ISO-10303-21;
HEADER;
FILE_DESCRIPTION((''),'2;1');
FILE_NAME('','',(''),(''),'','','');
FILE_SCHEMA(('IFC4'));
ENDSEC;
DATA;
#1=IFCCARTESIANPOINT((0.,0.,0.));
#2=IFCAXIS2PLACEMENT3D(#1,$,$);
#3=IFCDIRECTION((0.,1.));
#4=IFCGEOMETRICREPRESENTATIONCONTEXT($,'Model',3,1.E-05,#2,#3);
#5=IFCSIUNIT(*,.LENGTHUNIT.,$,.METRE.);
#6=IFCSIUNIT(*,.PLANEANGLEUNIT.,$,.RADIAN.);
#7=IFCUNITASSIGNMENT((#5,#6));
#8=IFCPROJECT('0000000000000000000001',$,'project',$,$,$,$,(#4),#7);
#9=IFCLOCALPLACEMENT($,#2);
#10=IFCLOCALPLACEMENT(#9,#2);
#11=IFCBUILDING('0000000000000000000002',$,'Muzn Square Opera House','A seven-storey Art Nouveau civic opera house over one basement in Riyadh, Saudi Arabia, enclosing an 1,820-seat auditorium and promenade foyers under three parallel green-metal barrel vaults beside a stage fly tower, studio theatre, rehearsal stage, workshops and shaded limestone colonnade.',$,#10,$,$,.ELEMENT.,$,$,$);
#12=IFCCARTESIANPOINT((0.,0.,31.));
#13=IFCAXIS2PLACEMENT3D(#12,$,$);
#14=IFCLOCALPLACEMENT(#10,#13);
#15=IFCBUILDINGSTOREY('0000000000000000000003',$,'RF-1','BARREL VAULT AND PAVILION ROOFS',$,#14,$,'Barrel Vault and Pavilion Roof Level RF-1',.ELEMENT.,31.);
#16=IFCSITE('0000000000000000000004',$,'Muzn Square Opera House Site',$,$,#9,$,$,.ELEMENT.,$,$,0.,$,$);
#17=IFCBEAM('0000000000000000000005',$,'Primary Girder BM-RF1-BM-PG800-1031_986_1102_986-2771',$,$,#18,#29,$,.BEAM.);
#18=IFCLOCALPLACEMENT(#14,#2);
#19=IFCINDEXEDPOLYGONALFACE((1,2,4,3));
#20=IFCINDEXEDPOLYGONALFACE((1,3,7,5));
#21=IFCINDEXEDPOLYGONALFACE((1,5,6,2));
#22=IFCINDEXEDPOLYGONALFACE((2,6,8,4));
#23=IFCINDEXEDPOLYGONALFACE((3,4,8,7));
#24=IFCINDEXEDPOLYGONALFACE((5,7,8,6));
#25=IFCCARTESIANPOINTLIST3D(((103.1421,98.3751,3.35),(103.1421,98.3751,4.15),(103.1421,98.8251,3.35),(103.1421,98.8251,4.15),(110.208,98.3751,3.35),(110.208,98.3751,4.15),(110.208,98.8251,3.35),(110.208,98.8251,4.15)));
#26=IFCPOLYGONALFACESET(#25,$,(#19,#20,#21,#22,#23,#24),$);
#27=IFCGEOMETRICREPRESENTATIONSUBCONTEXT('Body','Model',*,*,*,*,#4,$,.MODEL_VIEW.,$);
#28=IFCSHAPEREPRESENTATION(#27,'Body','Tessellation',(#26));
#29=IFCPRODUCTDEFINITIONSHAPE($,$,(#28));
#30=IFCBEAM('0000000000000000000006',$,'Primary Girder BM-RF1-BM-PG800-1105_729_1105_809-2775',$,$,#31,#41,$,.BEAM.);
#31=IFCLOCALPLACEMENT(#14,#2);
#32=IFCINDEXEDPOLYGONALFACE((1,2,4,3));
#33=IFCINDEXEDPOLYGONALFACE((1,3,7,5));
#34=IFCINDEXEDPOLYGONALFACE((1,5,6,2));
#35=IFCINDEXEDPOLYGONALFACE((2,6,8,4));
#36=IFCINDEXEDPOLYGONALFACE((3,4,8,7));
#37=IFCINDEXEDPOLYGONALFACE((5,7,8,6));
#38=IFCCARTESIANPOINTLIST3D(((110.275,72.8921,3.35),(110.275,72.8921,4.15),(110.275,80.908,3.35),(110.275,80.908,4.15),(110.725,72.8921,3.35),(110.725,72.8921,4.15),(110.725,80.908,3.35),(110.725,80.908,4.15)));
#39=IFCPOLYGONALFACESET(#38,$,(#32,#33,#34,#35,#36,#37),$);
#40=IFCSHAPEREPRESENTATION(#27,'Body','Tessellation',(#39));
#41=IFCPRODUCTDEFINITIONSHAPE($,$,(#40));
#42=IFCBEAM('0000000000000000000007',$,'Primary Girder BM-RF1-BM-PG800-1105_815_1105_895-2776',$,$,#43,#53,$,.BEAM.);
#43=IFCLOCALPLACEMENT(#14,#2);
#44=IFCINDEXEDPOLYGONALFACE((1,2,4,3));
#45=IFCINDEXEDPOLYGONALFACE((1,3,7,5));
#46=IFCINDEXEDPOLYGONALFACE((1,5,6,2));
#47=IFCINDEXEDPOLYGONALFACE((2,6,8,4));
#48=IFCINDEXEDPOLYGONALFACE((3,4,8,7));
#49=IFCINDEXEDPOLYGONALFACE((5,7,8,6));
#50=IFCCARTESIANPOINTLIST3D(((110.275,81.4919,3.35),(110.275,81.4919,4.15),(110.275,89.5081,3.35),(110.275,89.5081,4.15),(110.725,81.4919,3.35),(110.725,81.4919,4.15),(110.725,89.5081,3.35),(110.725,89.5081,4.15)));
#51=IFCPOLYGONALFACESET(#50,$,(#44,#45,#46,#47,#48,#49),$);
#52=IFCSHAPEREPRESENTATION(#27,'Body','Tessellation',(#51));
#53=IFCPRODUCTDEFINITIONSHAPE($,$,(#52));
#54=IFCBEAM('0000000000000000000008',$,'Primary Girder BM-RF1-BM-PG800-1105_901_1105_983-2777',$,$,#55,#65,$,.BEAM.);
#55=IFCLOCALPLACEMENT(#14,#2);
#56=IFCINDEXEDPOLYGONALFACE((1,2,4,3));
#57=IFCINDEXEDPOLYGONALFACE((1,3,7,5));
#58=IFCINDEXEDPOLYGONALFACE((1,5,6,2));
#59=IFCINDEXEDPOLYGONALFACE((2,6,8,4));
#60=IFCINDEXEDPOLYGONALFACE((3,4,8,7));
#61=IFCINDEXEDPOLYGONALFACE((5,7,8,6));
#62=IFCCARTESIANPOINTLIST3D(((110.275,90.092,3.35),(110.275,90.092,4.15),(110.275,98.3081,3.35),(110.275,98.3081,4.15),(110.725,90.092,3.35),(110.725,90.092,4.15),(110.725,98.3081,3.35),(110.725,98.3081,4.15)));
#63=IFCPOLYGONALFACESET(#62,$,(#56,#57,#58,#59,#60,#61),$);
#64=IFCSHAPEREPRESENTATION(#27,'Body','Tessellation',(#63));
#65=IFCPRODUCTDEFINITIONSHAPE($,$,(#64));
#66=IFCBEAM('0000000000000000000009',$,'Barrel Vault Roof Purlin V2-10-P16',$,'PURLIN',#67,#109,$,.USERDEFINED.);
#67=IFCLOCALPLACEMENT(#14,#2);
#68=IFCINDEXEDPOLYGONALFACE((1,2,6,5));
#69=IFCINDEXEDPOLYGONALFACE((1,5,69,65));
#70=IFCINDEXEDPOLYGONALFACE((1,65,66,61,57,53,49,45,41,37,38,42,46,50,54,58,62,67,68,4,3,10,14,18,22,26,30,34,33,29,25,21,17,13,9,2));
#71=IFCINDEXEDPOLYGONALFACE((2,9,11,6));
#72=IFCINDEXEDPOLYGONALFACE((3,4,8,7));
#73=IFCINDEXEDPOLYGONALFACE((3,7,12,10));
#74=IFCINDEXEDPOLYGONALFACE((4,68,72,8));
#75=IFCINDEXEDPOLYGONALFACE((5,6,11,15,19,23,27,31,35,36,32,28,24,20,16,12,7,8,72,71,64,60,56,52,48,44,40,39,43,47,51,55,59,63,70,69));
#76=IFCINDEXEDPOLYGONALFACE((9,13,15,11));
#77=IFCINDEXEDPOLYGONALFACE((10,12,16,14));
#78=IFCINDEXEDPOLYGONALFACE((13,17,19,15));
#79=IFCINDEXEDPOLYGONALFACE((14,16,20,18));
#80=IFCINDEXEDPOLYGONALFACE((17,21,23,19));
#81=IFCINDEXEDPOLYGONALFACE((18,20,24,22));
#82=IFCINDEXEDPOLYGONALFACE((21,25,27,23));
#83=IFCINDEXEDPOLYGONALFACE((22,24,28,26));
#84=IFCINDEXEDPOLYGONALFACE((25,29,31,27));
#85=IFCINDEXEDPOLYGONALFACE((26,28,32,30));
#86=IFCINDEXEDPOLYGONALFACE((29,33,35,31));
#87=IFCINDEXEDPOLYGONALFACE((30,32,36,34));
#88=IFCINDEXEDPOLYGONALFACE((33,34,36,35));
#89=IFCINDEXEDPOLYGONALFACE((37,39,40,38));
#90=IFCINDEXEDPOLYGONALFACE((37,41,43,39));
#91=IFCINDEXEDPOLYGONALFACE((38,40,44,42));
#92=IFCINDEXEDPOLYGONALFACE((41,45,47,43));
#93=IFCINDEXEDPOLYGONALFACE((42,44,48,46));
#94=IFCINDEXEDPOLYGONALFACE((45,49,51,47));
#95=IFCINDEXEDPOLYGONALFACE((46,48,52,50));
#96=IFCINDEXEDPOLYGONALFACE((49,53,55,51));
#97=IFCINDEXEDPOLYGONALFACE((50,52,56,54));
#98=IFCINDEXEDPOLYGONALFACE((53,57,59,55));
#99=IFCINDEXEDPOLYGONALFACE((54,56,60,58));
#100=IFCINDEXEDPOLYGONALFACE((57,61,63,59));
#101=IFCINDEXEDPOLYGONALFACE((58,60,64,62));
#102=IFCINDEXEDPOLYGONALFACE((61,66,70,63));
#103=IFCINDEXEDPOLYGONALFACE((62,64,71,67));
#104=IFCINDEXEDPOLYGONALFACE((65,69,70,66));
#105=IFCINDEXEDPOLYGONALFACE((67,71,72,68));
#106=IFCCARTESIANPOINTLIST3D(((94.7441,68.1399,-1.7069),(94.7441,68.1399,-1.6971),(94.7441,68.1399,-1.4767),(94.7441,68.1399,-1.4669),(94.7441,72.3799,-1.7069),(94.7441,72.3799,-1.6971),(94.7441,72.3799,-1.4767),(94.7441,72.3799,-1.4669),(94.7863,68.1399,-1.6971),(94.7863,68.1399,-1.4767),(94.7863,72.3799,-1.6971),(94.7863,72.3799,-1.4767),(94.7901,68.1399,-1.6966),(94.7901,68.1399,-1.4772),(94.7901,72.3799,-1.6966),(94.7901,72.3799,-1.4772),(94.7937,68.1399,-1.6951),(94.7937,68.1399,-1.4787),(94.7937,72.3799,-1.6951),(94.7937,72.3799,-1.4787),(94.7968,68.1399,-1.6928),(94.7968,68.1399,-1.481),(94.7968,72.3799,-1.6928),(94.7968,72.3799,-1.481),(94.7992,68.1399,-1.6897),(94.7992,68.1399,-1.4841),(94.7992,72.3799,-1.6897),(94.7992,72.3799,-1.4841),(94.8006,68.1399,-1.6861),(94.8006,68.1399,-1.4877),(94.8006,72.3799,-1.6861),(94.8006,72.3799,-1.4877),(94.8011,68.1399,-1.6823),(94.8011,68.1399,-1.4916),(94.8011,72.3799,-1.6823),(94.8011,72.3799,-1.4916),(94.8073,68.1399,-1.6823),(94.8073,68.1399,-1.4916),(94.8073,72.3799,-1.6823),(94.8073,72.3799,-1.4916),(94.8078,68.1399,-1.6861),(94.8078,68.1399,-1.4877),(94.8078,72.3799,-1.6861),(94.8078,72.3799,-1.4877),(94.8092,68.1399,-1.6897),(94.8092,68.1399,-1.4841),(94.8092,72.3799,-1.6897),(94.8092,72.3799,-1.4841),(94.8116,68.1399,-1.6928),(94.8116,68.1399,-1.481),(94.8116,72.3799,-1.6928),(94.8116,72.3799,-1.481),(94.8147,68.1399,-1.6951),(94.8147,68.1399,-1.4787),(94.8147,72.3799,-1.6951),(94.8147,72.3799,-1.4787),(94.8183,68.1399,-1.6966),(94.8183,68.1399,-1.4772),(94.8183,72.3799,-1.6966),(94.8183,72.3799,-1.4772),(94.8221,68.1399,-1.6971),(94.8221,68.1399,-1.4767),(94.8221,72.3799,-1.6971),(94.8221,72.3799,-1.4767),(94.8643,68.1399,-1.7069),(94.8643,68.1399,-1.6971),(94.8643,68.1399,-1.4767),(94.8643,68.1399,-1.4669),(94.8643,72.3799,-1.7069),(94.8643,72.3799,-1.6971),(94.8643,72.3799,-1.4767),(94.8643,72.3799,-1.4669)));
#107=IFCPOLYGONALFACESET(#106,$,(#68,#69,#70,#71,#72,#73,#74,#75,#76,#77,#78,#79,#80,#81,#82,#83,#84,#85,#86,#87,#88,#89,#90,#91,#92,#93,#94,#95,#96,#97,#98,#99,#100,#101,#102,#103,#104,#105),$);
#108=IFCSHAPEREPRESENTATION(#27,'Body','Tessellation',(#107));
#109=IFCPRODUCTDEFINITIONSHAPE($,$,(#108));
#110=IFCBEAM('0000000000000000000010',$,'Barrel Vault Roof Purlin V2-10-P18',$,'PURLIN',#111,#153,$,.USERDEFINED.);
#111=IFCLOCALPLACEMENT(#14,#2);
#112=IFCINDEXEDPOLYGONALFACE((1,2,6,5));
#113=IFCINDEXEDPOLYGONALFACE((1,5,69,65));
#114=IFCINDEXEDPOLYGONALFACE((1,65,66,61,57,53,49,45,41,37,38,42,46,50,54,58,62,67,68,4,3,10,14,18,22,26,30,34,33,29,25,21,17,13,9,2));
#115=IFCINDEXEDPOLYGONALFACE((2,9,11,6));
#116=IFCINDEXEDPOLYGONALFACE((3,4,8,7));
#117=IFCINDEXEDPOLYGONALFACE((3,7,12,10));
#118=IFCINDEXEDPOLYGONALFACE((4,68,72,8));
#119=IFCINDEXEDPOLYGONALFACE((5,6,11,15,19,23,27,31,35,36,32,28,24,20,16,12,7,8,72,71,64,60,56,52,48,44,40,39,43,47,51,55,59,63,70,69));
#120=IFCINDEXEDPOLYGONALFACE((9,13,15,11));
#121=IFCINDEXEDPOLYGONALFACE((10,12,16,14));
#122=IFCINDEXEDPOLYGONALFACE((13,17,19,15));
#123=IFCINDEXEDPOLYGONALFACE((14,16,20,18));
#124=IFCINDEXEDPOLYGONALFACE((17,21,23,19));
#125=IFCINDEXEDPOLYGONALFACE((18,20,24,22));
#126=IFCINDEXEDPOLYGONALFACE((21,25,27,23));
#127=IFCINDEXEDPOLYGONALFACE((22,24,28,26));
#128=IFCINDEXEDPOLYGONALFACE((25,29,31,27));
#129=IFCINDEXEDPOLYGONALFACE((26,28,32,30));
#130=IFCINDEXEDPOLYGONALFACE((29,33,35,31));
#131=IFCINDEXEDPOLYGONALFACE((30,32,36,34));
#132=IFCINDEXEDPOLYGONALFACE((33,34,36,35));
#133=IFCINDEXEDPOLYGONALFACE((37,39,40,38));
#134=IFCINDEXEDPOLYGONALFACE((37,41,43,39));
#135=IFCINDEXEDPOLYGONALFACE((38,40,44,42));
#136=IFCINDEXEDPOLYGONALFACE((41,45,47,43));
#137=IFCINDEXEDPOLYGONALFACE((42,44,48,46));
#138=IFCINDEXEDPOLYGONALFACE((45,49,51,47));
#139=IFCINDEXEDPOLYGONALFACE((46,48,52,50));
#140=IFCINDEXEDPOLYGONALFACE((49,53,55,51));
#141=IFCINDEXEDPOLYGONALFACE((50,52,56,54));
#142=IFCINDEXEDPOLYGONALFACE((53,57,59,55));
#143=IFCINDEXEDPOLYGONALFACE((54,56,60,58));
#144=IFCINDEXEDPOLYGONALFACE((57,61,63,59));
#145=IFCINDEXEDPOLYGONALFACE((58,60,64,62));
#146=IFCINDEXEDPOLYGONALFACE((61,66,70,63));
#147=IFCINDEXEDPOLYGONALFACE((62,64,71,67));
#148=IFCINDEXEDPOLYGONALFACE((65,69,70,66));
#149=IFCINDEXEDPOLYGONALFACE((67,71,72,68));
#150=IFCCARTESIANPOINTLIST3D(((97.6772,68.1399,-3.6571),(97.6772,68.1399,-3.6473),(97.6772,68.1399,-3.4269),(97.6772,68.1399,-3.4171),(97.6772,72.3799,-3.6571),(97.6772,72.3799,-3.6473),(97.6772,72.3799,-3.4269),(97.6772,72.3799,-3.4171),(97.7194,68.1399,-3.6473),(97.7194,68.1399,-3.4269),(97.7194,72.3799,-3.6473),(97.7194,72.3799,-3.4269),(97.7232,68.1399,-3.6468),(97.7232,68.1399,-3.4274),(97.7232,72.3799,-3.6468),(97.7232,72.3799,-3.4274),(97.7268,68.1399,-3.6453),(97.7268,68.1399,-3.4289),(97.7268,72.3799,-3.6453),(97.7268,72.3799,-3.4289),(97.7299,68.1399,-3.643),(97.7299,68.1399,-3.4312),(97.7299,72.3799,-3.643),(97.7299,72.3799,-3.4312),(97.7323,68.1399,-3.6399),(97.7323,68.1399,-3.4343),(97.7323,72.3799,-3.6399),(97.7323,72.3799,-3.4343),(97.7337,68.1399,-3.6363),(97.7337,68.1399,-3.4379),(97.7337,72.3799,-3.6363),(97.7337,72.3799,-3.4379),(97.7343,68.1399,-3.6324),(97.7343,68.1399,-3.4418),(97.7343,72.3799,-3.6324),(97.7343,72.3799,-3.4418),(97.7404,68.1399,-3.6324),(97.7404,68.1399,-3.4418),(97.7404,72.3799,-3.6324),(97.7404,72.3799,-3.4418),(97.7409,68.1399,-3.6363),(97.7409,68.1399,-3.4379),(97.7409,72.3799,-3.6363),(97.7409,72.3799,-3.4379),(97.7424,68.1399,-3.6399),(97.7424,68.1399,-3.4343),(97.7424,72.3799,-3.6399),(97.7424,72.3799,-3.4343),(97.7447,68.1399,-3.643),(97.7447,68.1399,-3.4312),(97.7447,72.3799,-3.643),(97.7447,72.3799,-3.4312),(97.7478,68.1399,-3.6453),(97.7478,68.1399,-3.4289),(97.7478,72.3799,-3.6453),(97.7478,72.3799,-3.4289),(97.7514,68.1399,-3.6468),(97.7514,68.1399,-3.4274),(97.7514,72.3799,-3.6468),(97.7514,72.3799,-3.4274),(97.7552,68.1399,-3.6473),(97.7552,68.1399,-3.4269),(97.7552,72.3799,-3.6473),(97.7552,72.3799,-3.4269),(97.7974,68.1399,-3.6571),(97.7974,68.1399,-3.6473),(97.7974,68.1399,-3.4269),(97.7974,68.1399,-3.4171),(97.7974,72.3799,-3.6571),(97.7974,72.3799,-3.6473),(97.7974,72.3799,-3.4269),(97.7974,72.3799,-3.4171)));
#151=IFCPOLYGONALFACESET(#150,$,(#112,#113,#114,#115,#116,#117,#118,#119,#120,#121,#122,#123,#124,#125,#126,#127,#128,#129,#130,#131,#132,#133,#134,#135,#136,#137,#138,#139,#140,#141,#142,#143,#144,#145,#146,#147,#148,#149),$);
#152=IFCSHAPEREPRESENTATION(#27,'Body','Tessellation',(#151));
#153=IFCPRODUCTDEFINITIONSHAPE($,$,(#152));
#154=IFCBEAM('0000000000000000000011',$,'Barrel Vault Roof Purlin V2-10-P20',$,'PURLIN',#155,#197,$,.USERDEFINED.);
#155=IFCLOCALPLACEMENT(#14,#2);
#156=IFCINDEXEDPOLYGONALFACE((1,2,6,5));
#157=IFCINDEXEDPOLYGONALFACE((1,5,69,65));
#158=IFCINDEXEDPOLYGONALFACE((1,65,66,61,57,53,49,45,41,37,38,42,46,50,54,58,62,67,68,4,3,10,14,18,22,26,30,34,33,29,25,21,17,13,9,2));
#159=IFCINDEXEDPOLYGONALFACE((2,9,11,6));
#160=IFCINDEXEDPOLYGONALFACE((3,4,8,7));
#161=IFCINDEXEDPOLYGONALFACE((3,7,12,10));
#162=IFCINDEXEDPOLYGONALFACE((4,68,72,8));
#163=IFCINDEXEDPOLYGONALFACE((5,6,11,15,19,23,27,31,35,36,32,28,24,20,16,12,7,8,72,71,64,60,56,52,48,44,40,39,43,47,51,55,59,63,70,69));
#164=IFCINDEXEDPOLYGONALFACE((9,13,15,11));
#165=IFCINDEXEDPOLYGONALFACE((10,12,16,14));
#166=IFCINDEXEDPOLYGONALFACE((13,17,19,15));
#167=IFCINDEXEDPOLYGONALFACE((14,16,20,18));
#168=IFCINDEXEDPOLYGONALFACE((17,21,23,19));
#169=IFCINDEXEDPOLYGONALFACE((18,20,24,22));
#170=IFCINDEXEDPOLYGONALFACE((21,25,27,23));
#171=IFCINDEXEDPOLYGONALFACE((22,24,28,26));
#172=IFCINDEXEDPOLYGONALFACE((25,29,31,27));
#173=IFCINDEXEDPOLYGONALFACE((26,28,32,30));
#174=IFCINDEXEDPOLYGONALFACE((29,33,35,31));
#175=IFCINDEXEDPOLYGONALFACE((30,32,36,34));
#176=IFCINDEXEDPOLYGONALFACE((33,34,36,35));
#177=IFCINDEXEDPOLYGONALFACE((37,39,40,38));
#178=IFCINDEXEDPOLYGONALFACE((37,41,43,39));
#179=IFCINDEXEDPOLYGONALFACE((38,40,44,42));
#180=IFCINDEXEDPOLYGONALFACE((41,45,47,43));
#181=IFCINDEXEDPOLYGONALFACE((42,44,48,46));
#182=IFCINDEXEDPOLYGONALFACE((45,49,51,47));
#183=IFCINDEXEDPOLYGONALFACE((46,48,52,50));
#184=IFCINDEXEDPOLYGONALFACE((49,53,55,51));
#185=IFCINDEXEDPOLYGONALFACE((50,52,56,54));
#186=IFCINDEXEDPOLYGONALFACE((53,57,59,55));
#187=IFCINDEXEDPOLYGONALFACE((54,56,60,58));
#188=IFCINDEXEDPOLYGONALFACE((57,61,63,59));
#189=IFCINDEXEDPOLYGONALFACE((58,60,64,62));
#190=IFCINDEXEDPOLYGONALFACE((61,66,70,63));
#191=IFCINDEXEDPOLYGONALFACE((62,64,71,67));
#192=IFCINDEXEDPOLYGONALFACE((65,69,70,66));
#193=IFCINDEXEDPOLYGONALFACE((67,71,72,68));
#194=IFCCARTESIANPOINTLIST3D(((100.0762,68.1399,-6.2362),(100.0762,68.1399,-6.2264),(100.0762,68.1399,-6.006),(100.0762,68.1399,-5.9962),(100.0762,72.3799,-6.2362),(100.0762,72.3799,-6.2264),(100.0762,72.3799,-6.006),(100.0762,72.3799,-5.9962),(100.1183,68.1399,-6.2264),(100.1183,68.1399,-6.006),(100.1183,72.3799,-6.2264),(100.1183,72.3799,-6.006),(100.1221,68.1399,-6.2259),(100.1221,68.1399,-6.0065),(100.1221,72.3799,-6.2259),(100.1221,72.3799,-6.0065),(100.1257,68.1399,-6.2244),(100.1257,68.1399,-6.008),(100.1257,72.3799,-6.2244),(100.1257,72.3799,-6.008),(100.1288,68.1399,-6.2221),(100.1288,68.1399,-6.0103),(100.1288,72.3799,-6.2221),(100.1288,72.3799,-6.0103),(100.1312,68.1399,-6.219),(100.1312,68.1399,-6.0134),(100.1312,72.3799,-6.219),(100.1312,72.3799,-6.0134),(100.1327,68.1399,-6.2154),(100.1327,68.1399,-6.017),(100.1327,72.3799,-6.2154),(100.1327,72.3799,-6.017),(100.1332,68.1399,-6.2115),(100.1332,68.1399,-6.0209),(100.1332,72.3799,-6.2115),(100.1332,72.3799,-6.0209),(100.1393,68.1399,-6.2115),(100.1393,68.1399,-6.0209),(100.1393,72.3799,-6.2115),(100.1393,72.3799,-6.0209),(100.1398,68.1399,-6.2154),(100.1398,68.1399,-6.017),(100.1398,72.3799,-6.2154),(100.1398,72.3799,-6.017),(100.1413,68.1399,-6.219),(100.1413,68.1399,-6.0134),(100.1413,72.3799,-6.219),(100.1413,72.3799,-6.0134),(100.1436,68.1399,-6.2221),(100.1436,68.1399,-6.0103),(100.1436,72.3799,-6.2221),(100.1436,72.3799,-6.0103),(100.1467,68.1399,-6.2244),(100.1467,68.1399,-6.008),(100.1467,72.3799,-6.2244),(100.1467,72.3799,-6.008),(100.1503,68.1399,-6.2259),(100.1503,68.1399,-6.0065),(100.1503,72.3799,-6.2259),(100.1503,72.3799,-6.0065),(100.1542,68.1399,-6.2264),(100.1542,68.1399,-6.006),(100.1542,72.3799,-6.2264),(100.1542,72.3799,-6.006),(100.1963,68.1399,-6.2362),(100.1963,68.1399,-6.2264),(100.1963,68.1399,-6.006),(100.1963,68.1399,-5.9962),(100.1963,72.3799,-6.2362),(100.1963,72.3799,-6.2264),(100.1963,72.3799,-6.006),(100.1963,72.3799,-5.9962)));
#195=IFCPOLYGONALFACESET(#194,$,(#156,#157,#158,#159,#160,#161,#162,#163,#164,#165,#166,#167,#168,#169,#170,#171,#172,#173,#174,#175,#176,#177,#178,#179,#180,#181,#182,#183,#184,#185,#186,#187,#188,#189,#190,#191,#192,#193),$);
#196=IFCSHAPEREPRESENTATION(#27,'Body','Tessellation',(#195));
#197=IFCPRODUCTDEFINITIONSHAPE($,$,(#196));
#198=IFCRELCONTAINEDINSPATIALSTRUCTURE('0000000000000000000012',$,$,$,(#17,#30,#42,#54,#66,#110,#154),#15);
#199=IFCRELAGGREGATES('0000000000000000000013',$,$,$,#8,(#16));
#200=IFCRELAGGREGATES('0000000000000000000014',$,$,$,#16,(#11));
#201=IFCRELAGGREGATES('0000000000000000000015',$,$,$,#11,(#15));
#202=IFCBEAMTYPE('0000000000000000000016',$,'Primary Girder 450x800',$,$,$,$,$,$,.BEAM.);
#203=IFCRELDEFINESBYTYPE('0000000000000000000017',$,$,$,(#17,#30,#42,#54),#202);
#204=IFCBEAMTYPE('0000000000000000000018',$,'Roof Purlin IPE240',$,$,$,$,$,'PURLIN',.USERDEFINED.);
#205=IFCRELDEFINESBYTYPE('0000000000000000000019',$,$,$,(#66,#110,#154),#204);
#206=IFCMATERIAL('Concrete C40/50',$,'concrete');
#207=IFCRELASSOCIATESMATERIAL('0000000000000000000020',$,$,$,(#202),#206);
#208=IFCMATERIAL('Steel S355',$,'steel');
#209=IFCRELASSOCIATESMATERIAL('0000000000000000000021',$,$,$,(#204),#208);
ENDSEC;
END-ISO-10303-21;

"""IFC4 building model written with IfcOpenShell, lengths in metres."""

from ifc_helpers import new_model, si_unit, direction, frame, origin, origin_2d, place, context, subcontext, project, spatial, rectangle, i_section, extrude, material, material_profile, profile_set, type_object, element, save


model = new_model("IFC4")

# Units and contexts
model_context = context("Model", 3, precision=1e-05, world=origin(), true_north=direction((0.0, 1.0)))
body_context = subcontext(model_context, "Body", "Model", "MODEL_VIEW")
ifc_project = project(units=[si_unit("LENGTHUNIT", "METRE"), si_unit("PLANEANGLEUNIT", "RADIAN")], contexts=[model_context])

# Site, building, storey
site_placement = place(None, origin())
site = spatial("IfcSite", under=ifc_project, at=site_placement, Name="Muzn Square Opera House Site", CompositionType="ELEMENT", RefElevation=0.0)
building_placement = place(site_placement, origin())
building = spatial("IfcBuilding", under=site, at=building_placement, Name="Muzn Square Opera House", Description="A seven-storey Art Nouveau civic opera house over one basement in Riyadh, Saudi Arabia, enclosing an 1,820-seat auditorium and promenade foyers under three parallel green-metal barrel vaults beside a stage fly tower, studio theatre, rehearsal stage, workshops and shaded limestone colonnade.", CompositionType="ELEMENT")
storey_placement = place(building_placement, frame((0.0, 0.0, 31.0)))
storey = spatial("IfcBuildingStorey", under=building, at=storey_placement, Name="RF-1", Description="BARREL VAULT AND PAVILION ROOFS", LongName="Barrel Vault and Pavilion Roof Level RF-1", CompositionType="ELEMENT", Elevation=31.0)

# Shared definitions
ifc_material_1 = material(Name="Steel S355", Category="steel")

# Beams
ifc_material_2 = material(Name="Concrete C40/50", Category="concrete")
ifc_material_profile_1 = material_profile(ifc_material_2, rectangle(XDim=0.45, YDim=0.8, at=origin_2d()), Name="RCB 450x800", Category="concrete")
ifc_profile_set_1 = profile_set([ifc_material_profile_1], Name="Concrete C40/50")
beam_type_1 = type_object("IfcBeamType", Name="Primary Girder 450x800", PredefinedType="BEAM", material=ifc_profile_set_1)
for number, where, z_axis, x_axis, name in (
    (1, (103.1421, 98.6001, 3.75), (1.0, 0.0, 0.0), (0.0, 1.0, 0.0), "Primary Girder BM-RF1-BM-PG800-1031_986_1102_986-2771"),
):
    element("IfcBeam", number, at=place(storey_placement, frame(where, z_axis=z_axis, x_axis=x_axis)), inside=storey, type_object=beam_type_1, Name=name, PredefinedType="BEAM", context=body_context, shape_type="SweptSolid", body=[
        extrude(rectangle(XDim=0.45, YDim=0.8, at=origin_2d()), origin(), (0.0, 0.0, 1.0), 7.0659),
    ])
beam_1_placement = place(storey_placement, frame((110.5, 72.8921, 3.75), z_axis=(0.0, 1.0, 0.0), x_axis=(-1.0, 0.0, 0.0)))
element("IfcBeam", 2, at=beam_1_placement, inside=storey, type_object=beam_type_1, Name="Primary Girder BM-RF1-BM-PG800-1105_729_1105_809-2775", PredefinedType="BEAM", context=body_context, shape_type="SweptSolid", body=[
    extrude(rectangle(XDim=0.45, YDim=0.8, at=origin_2d()), origin(), (0.0, 0.0, 1.0), 8.0159),
])
beam_2_placement = place(storey_placement, frame((110.5, 81.4919, 3.75), z_axis=(0.0, 1.0, 0.0), x_axis=(-1.0, 0.0, 0.0)))
element("IfcBeam", 3, at=beam_2_placement, inside=storey, type_object=beam_type_1, Name="Primary Girder BM-RF1-BM-PG800-1105_815_1105_895-2776", PredefinedType="BEAM", context=body_context, shape_type="SweptSolid", body=[
    extrude(rectangle(XDim=0.45, YDim=0.8, at=origin_2d()), origin(), (0.0, 0.0, 1.0), 8.0161),
])
beam_3_placement = place(storey_placement, frame((110.5, 90.092, 3.75), z_axis=(0.0, 1.0, 0.0), x_axis=(-1.0, 0.0, 0.0)))
element("IfcBeam", 4, at=beam_3_placement, inside=storey, type_object=beam_type_1, Name="Primary Girder BM-RF1-BM-PG800-1105_901_1105_983-2777", PredefinedType="BEAM", context=body_context, shape_type="SweptSolid", body=[
    extrude(rectangle(XDim=0.45, YDim=0.8, at=origin_2d()), origin(), (0.0, 0.0, 1.0), 8.2161),
])
ifc_material_profile_2 = material_profile(ifc_material_1, i_section(OverallWidth=0.1201, OverallDepth=0.24, WebThickness=0.0061, FlangeThickness=0.0098, FilletRadius=0.0149, at=origin_2d()), Name="IPE 240", Category="steel")
ifc_profile_set_2 = profile_set([ifc_material_profile_2], Name="Steel S355")
beam_type_2 = type_object("IfcBeamType", Name="Roof Purlin IPE240", ElementType="PURLIN", PredefinedType="USERDEFINED", material=ifc_profile_set_2)
for number, where, z_axis, x_axis, name in (
    (5, (94.8042, 68.1399, -1.5869), (0.0, 1.0, 0.0), (-1.0, 0.0, 0.0), "Barrel Vault Roof Purlin V2-10-P16"),
    (6, (97.7373, 68.1399, -3.5371), (0.0, 1.0, 0.0), (-1.0, 0.0, 0.0), "Barrel Vault Roof Purlin V2-10-P18"),
    (7, (100.1362, 68.1399, -6.1162), (0.0, 1.0, 0.0), (-1.0, 0.0, 0.0), "Barrel Vault Roof Purlin V2-10-P20"),
):
    element("IfcBeam", number, at=place(storey_placement, frame(where, z_axis=z_axis, x_axis=x_axis)), inside=storey, type_object=beam_type_2, Name=name, ObjectType="PURLIN", PredefinedType="USERDEFINED", context=body_context, shape_type="SweptSolid", body=[
        extrude(i_section(OverallWidth=0.1201, OverallDepth=0.24, WebThickness=0.0061, FlangeThickness=0.0098, FilletRadius=0.0149, at=origin_2d()), origin(), (0.0, 0.0, 1.0), 4.24),
    ])

save(model, "model.ifc")
